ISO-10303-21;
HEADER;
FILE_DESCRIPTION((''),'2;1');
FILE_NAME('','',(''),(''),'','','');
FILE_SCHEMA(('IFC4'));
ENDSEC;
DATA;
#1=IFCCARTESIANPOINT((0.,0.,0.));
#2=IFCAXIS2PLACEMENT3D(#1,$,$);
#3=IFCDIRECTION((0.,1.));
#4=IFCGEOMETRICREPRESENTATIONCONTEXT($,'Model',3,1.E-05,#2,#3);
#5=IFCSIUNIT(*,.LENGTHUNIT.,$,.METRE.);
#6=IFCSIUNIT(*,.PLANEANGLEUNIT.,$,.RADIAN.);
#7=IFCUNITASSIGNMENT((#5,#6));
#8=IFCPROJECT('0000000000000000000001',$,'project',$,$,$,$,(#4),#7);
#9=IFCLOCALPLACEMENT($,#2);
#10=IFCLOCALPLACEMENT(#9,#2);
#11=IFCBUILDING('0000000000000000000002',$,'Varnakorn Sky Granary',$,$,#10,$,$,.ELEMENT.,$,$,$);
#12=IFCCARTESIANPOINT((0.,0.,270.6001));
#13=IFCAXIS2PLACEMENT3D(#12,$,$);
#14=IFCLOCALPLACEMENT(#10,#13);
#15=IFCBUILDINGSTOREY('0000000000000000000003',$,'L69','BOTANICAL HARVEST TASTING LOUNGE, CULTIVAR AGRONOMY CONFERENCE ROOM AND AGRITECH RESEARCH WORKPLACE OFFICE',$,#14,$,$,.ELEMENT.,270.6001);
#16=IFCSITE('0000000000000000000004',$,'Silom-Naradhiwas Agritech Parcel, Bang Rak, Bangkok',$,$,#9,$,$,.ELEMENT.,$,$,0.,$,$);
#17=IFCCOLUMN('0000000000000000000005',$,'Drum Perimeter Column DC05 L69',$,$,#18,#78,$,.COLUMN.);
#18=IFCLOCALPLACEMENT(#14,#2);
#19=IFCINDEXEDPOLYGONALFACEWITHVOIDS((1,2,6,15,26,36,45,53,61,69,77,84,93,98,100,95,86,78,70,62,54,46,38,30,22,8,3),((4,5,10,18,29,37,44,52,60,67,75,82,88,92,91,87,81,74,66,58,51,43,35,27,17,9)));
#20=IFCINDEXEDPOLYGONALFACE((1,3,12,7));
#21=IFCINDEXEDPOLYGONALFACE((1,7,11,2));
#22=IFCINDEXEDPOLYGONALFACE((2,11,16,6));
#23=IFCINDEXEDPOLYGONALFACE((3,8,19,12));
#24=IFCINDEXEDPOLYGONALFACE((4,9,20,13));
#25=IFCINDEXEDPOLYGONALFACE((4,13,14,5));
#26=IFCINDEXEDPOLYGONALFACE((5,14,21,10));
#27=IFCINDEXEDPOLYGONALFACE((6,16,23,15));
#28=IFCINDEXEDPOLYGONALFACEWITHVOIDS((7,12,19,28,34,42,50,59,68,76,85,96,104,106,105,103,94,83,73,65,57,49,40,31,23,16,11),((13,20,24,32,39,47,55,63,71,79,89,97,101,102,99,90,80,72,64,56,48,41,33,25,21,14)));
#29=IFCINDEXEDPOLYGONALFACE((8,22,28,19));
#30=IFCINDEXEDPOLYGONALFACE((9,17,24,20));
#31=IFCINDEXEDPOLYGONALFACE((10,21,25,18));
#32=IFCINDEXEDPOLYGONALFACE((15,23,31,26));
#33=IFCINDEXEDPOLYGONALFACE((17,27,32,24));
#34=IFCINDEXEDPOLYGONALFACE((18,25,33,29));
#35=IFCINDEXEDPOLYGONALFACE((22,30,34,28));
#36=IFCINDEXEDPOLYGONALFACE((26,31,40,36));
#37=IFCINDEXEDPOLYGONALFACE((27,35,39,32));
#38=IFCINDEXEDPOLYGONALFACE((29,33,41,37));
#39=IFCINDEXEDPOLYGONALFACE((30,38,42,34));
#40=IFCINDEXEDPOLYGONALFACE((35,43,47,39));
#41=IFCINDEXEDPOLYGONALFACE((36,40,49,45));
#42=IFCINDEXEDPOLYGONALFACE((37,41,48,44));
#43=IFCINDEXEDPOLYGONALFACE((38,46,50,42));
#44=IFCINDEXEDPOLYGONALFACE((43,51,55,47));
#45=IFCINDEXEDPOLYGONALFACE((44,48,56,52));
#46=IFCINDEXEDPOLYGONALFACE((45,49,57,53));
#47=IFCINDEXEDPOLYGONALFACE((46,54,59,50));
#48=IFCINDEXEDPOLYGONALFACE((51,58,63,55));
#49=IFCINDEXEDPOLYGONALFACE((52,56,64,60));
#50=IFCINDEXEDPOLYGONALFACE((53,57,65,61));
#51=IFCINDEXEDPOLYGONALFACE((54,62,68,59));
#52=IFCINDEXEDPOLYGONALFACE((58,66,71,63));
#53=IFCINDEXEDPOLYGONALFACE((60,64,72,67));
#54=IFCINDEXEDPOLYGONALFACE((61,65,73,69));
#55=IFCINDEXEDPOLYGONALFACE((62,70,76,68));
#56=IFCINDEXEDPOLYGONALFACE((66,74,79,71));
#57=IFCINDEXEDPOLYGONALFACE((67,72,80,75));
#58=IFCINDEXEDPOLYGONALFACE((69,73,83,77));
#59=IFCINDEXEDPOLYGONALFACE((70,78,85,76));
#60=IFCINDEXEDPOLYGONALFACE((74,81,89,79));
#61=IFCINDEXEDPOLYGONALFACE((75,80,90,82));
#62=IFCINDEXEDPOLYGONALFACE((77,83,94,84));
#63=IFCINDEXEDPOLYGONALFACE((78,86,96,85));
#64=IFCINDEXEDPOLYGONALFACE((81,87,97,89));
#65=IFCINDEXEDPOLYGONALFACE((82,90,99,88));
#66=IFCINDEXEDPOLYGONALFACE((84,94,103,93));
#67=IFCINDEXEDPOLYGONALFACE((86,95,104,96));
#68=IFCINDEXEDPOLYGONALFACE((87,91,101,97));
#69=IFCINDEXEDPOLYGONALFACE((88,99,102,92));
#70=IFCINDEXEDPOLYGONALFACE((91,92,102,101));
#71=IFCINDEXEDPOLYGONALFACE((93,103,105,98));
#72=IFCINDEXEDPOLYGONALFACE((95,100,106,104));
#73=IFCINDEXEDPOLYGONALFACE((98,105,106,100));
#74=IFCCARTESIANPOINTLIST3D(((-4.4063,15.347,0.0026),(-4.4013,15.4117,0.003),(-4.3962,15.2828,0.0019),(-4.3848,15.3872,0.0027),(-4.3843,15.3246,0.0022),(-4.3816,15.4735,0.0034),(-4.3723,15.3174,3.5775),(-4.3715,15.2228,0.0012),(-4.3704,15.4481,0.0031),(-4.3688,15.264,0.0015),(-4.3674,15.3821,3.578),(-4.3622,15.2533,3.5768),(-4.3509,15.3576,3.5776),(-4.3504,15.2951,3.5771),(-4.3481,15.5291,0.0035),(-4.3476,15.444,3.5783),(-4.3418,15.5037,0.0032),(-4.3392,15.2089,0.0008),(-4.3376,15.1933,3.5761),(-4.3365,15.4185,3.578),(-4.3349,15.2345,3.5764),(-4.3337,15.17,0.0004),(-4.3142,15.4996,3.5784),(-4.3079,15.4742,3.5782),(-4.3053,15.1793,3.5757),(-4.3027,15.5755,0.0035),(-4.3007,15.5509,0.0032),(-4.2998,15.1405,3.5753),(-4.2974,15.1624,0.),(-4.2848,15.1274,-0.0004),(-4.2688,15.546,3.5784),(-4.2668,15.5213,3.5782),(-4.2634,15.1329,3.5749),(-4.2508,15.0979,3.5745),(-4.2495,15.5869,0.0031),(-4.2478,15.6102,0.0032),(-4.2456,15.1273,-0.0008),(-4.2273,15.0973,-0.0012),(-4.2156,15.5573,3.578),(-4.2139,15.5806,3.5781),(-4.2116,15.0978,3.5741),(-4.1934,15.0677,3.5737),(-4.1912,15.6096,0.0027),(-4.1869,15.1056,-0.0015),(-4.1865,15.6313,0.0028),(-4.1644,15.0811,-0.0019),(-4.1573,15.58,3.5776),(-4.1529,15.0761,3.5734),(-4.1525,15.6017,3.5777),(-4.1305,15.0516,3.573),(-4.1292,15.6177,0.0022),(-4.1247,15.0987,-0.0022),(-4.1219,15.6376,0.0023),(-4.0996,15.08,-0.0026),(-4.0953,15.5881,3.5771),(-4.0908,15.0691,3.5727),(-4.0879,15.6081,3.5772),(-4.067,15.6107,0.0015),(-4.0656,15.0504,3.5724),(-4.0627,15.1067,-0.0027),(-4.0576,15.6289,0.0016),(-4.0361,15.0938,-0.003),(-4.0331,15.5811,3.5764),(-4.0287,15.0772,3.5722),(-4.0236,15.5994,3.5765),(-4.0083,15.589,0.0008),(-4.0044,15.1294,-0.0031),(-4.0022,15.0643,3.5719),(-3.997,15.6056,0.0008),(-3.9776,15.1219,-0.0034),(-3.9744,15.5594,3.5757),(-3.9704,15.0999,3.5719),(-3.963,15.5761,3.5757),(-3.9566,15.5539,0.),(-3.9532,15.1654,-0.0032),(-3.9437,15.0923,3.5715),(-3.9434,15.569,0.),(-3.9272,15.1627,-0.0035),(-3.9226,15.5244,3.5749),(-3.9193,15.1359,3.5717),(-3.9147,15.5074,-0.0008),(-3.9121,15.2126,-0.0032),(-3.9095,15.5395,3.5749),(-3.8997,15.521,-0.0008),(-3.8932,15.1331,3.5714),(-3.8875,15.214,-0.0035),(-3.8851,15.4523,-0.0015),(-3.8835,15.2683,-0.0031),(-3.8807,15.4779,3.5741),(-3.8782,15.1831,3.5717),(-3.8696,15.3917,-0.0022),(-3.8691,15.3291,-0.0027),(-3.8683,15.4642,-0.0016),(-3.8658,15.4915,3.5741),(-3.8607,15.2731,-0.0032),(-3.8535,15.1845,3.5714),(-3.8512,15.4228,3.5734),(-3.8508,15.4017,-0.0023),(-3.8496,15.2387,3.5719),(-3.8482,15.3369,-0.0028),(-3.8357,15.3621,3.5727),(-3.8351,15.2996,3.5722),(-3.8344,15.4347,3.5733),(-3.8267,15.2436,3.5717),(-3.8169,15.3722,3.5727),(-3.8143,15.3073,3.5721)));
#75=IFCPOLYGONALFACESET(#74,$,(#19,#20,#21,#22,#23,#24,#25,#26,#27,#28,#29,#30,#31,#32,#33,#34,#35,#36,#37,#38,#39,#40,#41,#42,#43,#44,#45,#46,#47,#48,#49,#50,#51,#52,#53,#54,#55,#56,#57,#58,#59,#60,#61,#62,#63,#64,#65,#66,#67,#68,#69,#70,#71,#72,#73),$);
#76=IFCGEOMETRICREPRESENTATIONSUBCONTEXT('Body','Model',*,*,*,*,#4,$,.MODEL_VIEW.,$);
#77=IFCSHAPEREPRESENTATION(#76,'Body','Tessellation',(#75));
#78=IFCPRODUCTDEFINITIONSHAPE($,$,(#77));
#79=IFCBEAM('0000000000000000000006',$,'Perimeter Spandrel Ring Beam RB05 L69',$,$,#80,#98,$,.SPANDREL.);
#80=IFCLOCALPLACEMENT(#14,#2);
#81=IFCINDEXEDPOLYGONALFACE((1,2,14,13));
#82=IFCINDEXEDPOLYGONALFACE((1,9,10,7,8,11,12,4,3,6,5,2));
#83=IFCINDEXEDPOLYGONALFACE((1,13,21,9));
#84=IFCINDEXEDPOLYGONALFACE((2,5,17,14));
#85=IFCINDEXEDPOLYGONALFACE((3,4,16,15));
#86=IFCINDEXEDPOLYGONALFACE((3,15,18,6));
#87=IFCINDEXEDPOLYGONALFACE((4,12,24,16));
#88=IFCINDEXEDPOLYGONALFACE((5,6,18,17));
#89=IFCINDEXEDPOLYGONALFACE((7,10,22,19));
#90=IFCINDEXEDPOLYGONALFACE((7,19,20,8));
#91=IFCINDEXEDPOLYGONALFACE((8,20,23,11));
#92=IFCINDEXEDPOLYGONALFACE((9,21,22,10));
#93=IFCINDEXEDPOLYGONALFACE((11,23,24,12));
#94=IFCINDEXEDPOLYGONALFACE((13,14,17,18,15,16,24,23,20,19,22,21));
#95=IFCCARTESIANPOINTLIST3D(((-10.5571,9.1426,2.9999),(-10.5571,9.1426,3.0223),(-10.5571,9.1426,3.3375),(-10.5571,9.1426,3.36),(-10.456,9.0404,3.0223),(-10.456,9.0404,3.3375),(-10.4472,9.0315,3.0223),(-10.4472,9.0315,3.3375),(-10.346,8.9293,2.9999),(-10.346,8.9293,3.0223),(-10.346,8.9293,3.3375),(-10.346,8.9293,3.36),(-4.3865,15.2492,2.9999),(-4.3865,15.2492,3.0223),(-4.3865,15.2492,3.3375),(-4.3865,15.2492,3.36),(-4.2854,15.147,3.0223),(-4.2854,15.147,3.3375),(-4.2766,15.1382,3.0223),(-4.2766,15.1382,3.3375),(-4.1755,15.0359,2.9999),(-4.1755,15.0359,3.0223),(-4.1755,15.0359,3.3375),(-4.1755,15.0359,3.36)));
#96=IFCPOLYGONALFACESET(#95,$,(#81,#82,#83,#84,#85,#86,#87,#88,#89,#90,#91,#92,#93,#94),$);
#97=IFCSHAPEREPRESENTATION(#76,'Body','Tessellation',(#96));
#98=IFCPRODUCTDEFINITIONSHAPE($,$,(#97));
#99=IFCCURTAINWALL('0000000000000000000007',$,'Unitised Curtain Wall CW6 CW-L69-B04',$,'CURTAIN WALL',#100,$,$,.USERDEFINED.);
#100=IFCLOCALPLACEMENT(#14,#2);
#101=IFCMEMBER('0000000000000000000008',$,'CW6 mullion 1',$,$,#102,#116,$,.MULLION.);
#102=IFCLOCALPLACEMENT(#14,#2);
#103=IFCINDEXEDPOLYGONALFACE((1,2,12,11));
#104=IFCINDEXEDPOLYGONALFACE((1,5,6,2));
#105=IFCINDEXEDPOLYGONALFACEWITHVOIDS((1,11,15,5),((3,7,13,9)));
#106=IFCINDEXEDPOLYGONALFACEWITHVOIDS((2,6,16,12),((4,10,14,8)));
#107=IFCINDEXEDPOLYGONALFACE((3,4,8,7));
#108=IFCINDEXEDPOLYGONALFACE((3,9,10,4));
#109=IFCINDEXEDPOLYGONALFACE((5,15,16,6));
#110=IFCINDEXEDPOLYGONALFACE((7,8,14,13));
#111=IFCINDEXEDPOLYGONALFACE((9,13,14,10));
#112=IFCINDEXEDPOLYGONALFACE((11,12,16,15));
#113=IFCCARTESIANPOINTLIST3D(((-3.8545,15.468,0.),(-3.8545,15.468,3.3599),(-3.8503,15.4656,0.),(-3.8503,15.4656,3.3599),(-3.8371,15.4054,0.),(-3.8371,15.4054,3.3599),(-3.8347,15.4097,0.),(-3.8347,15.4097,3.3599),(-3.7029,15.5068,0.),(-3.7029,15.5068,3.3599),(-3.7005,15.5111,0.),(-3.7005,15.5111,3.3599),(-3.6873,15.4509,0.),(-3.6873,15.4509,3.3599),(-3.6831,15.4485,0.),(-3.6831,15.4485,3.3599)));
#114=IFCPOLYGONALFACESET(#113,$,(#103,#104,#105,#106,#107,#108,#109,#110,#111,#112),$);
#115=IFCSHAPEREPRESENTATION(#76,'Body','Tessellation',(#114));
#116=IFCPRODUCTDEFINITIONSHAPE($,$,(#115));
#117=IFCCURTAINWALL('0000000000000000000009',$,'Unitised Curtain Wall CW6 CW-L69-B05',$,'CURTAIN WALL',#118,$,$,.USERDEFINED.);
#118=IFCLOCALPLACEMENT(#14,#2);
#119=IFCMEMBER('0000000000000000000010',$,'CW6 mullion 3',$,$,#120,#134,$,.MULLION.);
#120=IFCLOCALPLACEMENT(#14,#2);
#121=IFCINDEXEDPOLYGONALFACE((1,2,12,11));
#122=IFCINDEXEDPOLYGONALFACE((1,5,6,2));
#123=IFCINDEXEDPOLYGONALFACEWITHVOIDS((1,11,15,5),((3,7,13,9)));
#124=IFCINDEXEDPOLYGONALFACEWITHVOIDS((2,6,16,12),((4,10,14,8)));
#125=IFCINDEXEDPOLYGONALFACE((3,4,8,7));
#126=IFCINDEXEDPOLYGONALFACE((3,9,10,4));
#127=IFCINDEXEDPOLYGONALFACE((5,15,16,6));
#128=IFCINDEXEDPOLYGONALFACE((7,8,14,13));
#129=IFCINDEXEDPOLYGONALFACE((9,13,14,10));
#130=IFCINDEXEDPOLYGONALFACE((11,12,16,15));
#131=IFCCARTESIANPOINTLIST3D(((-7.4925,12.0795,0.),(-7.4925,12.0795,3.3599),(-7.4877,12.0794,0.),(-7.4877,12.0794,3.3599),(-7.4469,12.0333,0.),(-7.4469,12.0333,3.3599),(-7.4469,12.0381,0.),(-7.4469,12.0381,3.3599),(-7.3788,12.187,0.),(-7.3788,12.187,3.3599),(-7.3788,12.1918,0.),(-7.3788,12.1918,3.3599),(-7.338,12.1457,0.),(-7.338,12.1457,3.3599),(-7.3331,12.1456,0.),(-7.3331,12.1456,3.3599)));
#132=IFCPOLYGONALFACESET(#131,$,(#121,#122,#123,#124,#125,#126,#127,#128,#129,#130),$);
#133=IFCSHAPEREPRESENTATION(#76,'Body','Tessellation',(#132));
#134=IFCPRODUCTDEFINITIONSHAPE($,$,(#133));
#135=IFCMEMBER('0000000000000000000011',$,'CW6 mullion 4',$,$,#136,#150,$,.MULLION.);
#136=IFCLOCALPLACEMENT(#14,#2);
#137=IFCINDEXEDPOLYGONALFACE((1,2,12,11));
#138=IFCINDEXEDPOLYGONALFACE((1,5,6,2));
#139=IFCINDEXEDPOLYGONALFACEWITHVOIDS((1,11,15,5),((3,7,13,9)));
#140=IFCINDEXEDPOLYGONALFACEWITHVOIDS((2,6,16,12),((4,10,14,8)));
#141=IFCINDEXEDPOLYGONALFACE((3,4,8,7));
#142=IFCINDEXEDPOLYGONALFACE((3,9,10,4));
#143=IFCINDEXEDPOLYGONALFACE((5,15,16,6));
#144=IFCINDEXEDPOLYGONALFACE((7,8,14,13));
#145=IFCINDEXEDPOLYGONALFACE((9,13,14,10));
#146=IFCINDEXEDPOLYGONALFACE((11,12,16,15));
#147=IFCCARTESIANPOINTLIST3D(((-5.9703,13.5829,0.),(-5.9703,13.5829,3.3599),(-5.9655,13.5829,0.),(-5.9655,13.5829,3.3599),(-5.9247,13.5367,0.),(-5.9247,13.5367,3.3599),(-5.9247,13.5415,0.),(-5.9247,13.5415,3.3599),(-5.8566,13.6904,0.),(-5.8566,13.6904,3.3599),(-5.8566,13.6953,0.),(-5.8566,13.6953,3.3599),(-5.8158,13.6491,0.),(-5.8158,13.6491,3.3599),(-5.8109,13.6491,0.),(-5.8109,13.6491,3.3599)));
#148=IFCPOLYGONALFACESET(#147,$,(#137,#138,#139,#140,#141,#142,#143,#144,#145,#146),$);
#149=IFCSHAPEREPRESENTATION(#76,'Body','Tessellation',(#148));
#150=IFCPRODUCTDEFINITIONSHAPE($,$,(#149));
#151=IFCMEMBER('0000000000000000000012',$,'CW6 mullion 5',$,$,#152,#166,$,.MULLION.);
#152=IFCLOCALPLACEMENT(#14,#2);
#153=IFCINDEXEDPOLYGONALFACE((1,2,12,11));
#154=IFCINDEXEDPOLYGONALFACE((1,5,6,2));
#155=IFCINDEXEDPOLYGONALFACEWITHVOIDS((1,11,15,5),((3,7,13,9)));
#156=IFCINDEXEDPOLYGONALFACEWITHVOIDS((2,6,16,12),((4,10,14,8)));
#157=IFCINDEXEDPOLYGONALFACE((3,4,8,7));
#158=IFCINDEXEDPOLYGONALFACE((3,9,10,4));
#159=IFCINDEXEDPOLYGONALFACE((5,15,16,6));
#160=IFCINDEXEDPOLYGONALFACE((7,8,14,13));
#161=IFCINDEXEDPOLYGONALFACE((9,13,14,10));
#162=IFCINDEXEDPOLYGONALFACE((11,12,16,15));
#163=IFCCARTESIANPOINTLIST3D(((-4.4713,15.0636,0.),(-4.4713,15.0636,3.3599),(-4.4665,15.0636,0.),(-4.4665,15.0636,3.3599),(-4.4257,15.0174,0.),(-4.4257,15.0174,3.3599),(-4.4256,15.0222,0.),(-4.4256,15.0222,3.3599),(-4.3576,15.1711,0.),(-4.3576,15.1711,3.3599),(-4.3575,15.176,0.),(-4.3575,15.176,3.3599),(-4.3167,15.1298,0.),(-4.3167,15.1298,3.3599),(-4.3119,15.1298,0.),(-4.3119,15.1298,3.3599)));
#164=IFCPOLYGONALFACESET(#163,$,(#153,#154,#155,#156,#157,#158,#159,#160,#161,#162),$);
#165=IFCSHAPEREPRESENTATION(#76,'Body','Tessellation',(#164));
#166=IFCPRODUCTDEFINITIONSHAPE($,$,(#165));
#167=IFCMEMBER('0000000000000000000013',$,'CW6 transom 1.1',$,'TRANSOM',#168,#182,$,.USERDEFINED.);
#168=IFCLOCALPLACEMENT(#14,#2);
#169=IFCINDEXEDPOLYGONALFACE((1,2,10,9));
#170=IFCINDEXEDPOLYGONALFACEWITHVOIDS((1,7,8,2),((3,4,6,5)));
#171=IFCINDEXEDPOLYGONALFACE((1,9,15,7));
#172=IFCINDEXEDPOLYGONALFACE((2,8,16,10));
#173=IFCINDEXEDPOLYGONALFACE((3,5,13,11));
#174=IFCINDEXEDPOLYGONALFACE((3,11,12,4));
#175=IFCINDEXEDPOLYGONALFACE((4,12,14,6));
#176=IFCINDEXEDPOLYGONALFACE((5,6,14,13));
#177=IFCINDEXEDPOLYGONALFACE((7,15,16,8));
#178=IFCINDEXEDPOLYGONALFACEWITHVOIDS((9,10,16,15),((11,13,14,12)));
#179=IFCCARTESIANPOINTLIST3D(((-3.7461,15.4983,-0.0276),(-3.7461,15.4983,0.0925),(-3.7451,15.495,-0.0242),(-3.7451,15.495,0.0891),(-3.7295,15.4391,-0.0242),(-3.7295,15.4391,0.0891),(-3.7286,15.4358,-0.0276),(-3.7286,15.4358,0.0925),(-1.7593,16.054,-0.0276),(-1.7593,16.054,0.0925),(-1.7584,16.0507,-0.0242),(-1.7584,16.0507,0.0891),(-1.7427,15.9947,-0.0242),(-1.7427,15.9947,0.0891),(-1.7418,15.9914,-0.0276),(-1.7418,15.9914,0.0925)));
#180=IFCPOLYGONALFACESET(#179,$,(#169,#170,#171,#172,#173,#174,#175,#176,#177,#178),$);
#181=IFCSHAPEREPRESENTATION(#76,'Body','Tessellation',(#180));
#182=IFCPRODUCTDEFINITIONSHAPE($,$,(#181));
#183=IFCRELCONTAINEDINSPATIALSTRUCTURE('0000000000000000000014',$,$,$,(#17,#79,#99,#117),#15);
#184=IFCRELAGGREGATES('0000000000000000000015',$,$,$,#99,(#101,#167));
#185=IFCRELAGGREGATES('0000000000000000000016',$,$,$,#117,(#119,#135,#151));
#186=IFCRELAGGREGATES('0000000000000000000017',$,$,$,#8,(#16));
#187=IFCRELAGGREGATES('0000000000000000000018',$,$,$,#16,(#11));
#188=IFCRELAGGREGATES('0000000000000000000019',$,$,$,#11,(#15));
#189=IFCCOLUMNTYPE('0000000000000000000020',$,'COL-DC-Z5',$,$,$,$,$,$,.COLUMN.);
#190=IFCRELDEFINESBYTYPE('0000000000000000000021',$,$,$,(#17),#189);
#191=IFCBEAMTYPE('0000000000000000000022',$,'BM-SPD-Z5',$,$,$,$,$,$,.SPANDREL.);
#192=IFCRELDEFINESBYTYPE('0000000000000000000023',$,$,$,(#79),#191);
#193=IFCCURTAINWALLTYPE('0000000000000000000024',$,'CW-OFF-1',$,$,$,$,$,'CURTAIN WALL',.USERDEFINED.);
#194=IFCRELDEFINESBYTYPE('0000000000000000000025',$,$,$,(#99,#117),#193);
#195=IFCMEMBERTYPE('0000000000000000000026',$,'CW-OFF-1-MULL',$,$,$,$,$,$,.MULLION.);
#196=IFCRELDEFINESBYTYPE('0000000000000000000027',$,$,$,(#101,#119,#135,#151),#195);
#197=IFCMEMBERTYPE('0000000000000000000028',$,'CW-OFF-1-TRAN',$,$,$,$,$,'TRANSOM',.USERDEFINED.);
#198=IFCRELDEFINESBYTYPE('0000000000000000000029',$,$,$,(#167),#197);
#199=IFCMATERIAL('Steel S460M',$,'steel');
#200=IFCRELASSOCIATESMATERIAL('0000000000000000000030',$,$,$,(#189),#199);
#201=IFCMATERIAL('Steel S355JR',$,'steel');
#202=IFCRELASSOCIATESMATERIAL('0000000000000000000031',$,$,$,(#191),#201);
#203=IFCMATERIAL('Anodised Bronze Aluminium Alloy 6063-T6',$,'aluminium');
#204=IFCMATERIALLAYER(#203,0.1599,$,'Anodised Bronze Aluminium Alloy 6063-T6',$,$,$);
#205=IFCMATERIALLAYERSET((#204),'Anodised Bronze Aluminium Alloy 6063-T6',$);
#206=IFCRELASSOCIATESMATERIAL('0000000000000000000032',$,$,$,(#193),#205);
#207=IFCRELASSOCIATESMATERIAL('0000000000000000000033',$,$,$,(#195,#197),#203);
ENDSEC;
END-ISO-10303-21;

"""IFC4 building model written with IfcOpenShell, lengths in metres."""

from ifc_helpers import new_model, si_unit, direction, frame, origin, origin_2d, place, context, subcontext, project, spatial, hollow_rectangle, hollow_circle, i_section, extrude, material, layer, layer_set, material_profile, profile_set, type_object, element, aggregate, save


model = new_model("IFC4")

# Units and contexts
model_context = context("Model", 3, precision=1e-05, world=origin(), true_north=direction((0.0, 1.0)))
body_context = subcontext(model_context, "Body", "Model", "MODEL_VIEW")
ifc_project = project(units=[si_unit("LENGTHUNIT", "METRE"), si_unit("PLANEANGLEUNIT", "RADIAN")], contexts=[model_context])

# Site, building, storey
site_placement = place(None, origin())
site = spatial("IfcSite", under=ifc_project, at=site_placement, Name="Silom-Naradhiwas Agritech Parcel, Bang Rak, Bangkok", CompositionType="ELEMENT", RefElevation=0.0)
building_placement = place(site_placement, origin())
building = spatial("IfcBuilding", under=site, at=building_placement, Name="Varnakorn Sky Granary", CompositionType="ELEMENT")
storey_placement = place(building_placement, frame((0.0, 0.0, 270.6001)))
storey = spatial("IfcBuildingStorey", under=building, at=storey_placement, Name="L69", Description="BOTANICAL HARVEST TASTING LOUNGE, CULTIVAR AGRONOMY CONFERENCE ROOM AND AGRITECH RESEARCH WORKPLACE OFFICE", CompositionType="ELEMENT", Elevation=270.6001)

# Column
ifc_material_1 = material(Name="Steel S460M", Category="steel")
ifc_material_profile_1 = material_profile(ifc_material_1, hollow_circle(Radius=0.2795, WallThickness=0.02, at=origin_2d()), Name="CHS 559x20")
ifc_profile_set_1 = profile_set([ifc_material_profile_1], Name="Steel S460M")
column_type = type_object("IfcColumnType", Name="COL-DC-Z5", PredefinedType="COLUMN", material=ifc_profile_set_1)
column_placement = place(storey_placement, frame((-4.127, 15.3582, 0.0), z_axis=(0.009492, -0.008263, 0.999921), x_axis=(0.656582, 0.754255, 0.0)))
element("IfcColumn", 1, at=column_placement, inside=storey, type_object=column_type, Name="Drum Perimeter Column DC05 L69", PredefinedType="COLUMN", context=body_context, shape_type="SweptSolid", body=[
    extrude(hollow_circle(Radius=0.2795, WallThickness=0.02, at=origin_2d()), origin(), (0.0, 0.0, 1.0), 3.5752),
])

# Beam
ifc_material_2 = material(Name="Steel S355JR", Category="steel")
ifc_material_profile_2 = material_profile(ifc_material_2, i_section(OverallWidth=0.3, OverallDepth=0.3601, WebThickness=0.0125, FlangeThickness=0.0225, at=origin_2d()), Name="HE 360 B")
ifc_profile_set_2 = profile_set([ifc_material_profile_2], Name="Steel S355JR")
beam_type = type_object("IfcBeamType", Name="BM-SPD-Z5", PredefinedType="SPANDREL", material=ifc_profile_set_2)
beam_placement = place(storey_placement, frame((-4.281, 15.1426, 3.1799), z_axis=(-0.710781, -0.703413, 0.0), x_axis=(0.703413, -0.710781, 0.0)))
element("IfcBeam", 2, at=beam_placement, inside=storey, type_object=beam_type, Name="Perimeter Spandrel Ring Beam RB05 L69", PredefinedType="SPANDREL", context=body_context, shape_type="SweptSolid", body=[
    extrude(i_section(OverallWidth=0.3, OverallDepth=0.3601, WebThickness=0.0125, FlangeThickness=0.0225, at=origin_2d()), origin(), (0.0, 0.0, 1.0), 8.6814),
])

# Curtain wall, member
ifc_material_3 = material(Name="Anodised Bronze Aluminium Alloy 6063-T6", Category="aluminium")
ifc_layer_1 = layer(ifc_material_3, 0.1599, Name="Anodised Bronze Aluminium Alloy 6063-T6")
ifc_layer_set_1 = layer_set([ifc_layer_1], Name="Anodised Bronze Aluminium Alloy 6063-T6")
curtain_wall_type = type_object("IfcCurtainWallType", Name="CW-OFF-1", ElementType="CURTAIN WALL", PredefinedType="USERDEFINED", material=ifc_layer_set_1)
curtain_wall_1_placement = place(storey_placement, origin())
curtain_wall_1 = element("IfcCurtainWall", 3, at=curtain_wall_1_placement, inside=storey, type_object=curtain_wall_type, Name="Unitised Curtain Wall CW6 CW-L69-B04", ObjectType="CURTAIN WALL", PredefinedType="USERDEFINED")
ifc_material_profile_3 = material_profile(ifc_material_3, hollow_rectangle(XDim=0.0649, YDim=0.1599, WallThickness=0.0034, at=origin_2d()), Name="ALU MULL 65x160")
ifc_profile_set_3 = profile_set([ifc_material_profile_3], Name="Anodised Bronze Aluminium Alloy 6063-T6")
member_type_1 = type_object("IfcMemberType", Name="CW-OFF-1-MULL", PredefinedType="MULLION", material=ifc_profile_set_3)
member_1_placement = place(storey_placement, frame((-3.7688, 15.4583, 0.0), z_axis=(0.0, 0.0, 1.0), x_axis=(-0.269379, 0.963034, 0.0)))
member_1 = element("IfcMember", 4, at=member_1_placement, type_object=member_type_1, Name="CW6 mullion 1", PredefinedType="MULLION", context=body_context, shape_type="SweptSolid", body=[
    extrude(hollow_rectangle(XDim=0.0649, YDim=0.1599, WallThickness=0.0034, at=origin_2d()), origin(), (0.0, 0.0, 1.0), 3.3599),
])

# Curtain wall, members
curtain_wall_2_placement = place(storey_placement, origin())
curtain_wall_2 = element("IfcCurtainWall", 5, at=curtain_wall_2_placement, inside=storey, type_object=curtain_wall_type, Name="Unitised Curtain Wall CW6 CW-L69-B05", ObjectType="CURTAIN WALL", PredefinedType="USERDEFINED")
member_2_placement = place(storey_placement, frame((-7.4128, 12.1125, 0.0), z_axis=(0.0, 0.0, 1.0), x_axis=(-0.702729, 0.711458, 0.0)))
member_2 = element("IfcMember", 6, at=member_2_placement, type_object=member_type_1, Name="CW6 mullion 3", PredefinedType="MULLION", context=body_context, shape_type="SweptSolid", body=[
    extrude(hollow_rectangle(XDim=0.0649, YDim=0.1599, WallThickness=0.0034, at=origin_2d()), origin(), (0.0, 0.0, 1.0), 3.3599),
])
member_3_placement = place(storey_placement, frame((-5.8906, 13.616, 0.0), z_axis=(0.0, 0.0, 1.0), x_axis=(-0.702729, 0.711458, 0.0)))
member_3 = element("IfcMember", 7, at=member_3_placement, type_object=member_type_1, Name="CW6 mullion 4", PredefinedType="MULLION", context=body_context, shape_type="SweptSolid", body=[
    extrude(hollow_rectangle(XDim=0.0649, YDim=0.1599, WallThickness=0.0034, at=origin_2d()), origin(), (0.0, 0.0, 1.0), 3.3599),
])
member_4_placement = place(storey_placement, frame((-4.3916, 15.0967, 0.0), z_axis=(0.0, 0.0, 1.0), x_axis=(-0.702729, 0.711458, 0.0)))
member_4 = element("IfcMember", 8, at=member_4_placement, type_object=member_type_1, Name="CW6 mullion 5", PredefinedType="MULLION", context=body_context, shape_type="SweptSolid", body=[
    extrude(hollow_rectangle(XDim=0.0649, YDim=0.1599, WallThickness=0.0034, at=origin_2d()), origin(), (0.0, 0.0, 1.0), 3.3599),
])

# Member
ifc_material_profile_4 = material_profile(ifc_material_3, hollow_rectangle(XDim=0.0649, YDim=0.1201, WallThickness=0.0034, at=origin_2d()), Name="ALU TRAN 65x120")
ifc_profile_set_4 = profile_set([ifc_material_profile_4], Name="Anodised Bronze Aluminium Alloy 6063-T6")
member_type_2 = type_object("IfcMemberType", Name="CW-OFF-1-TRAN", ElementType="TRANSOM", PredefinedType="USERDEFINED", material=ifc_profile_set_4)
member_5_placement = place(storey_placement, frame((-3.7373, 15.467, 0.0325), z_axis=(0.963045, 0.26934, 0.0), x_axis=(-0.26934, 0.963045, 0.0)))
member_5 = element("IfcMember", 9, at=member_5_placement, type_object=member_type_2, Name="CW6 transom 1.1", ObjectType="TRANSOM", PredefinedType="USERDEFINED", context=body_context, shape_type="SweptSolid", body=[
    extrude(hollow_rectangle(XDim=0.0649, YDim=0.1201, WallThickness=0.0034, at=origin_2d()), origin(), (0.0, 0.0, 1.0), 2.063),
])
aggregate(curtain_wall_1, [member_1, member_5])

aggregate(curtain_wall_2, [member_2, member_3, member_4])

save(model, "model.ifc")
